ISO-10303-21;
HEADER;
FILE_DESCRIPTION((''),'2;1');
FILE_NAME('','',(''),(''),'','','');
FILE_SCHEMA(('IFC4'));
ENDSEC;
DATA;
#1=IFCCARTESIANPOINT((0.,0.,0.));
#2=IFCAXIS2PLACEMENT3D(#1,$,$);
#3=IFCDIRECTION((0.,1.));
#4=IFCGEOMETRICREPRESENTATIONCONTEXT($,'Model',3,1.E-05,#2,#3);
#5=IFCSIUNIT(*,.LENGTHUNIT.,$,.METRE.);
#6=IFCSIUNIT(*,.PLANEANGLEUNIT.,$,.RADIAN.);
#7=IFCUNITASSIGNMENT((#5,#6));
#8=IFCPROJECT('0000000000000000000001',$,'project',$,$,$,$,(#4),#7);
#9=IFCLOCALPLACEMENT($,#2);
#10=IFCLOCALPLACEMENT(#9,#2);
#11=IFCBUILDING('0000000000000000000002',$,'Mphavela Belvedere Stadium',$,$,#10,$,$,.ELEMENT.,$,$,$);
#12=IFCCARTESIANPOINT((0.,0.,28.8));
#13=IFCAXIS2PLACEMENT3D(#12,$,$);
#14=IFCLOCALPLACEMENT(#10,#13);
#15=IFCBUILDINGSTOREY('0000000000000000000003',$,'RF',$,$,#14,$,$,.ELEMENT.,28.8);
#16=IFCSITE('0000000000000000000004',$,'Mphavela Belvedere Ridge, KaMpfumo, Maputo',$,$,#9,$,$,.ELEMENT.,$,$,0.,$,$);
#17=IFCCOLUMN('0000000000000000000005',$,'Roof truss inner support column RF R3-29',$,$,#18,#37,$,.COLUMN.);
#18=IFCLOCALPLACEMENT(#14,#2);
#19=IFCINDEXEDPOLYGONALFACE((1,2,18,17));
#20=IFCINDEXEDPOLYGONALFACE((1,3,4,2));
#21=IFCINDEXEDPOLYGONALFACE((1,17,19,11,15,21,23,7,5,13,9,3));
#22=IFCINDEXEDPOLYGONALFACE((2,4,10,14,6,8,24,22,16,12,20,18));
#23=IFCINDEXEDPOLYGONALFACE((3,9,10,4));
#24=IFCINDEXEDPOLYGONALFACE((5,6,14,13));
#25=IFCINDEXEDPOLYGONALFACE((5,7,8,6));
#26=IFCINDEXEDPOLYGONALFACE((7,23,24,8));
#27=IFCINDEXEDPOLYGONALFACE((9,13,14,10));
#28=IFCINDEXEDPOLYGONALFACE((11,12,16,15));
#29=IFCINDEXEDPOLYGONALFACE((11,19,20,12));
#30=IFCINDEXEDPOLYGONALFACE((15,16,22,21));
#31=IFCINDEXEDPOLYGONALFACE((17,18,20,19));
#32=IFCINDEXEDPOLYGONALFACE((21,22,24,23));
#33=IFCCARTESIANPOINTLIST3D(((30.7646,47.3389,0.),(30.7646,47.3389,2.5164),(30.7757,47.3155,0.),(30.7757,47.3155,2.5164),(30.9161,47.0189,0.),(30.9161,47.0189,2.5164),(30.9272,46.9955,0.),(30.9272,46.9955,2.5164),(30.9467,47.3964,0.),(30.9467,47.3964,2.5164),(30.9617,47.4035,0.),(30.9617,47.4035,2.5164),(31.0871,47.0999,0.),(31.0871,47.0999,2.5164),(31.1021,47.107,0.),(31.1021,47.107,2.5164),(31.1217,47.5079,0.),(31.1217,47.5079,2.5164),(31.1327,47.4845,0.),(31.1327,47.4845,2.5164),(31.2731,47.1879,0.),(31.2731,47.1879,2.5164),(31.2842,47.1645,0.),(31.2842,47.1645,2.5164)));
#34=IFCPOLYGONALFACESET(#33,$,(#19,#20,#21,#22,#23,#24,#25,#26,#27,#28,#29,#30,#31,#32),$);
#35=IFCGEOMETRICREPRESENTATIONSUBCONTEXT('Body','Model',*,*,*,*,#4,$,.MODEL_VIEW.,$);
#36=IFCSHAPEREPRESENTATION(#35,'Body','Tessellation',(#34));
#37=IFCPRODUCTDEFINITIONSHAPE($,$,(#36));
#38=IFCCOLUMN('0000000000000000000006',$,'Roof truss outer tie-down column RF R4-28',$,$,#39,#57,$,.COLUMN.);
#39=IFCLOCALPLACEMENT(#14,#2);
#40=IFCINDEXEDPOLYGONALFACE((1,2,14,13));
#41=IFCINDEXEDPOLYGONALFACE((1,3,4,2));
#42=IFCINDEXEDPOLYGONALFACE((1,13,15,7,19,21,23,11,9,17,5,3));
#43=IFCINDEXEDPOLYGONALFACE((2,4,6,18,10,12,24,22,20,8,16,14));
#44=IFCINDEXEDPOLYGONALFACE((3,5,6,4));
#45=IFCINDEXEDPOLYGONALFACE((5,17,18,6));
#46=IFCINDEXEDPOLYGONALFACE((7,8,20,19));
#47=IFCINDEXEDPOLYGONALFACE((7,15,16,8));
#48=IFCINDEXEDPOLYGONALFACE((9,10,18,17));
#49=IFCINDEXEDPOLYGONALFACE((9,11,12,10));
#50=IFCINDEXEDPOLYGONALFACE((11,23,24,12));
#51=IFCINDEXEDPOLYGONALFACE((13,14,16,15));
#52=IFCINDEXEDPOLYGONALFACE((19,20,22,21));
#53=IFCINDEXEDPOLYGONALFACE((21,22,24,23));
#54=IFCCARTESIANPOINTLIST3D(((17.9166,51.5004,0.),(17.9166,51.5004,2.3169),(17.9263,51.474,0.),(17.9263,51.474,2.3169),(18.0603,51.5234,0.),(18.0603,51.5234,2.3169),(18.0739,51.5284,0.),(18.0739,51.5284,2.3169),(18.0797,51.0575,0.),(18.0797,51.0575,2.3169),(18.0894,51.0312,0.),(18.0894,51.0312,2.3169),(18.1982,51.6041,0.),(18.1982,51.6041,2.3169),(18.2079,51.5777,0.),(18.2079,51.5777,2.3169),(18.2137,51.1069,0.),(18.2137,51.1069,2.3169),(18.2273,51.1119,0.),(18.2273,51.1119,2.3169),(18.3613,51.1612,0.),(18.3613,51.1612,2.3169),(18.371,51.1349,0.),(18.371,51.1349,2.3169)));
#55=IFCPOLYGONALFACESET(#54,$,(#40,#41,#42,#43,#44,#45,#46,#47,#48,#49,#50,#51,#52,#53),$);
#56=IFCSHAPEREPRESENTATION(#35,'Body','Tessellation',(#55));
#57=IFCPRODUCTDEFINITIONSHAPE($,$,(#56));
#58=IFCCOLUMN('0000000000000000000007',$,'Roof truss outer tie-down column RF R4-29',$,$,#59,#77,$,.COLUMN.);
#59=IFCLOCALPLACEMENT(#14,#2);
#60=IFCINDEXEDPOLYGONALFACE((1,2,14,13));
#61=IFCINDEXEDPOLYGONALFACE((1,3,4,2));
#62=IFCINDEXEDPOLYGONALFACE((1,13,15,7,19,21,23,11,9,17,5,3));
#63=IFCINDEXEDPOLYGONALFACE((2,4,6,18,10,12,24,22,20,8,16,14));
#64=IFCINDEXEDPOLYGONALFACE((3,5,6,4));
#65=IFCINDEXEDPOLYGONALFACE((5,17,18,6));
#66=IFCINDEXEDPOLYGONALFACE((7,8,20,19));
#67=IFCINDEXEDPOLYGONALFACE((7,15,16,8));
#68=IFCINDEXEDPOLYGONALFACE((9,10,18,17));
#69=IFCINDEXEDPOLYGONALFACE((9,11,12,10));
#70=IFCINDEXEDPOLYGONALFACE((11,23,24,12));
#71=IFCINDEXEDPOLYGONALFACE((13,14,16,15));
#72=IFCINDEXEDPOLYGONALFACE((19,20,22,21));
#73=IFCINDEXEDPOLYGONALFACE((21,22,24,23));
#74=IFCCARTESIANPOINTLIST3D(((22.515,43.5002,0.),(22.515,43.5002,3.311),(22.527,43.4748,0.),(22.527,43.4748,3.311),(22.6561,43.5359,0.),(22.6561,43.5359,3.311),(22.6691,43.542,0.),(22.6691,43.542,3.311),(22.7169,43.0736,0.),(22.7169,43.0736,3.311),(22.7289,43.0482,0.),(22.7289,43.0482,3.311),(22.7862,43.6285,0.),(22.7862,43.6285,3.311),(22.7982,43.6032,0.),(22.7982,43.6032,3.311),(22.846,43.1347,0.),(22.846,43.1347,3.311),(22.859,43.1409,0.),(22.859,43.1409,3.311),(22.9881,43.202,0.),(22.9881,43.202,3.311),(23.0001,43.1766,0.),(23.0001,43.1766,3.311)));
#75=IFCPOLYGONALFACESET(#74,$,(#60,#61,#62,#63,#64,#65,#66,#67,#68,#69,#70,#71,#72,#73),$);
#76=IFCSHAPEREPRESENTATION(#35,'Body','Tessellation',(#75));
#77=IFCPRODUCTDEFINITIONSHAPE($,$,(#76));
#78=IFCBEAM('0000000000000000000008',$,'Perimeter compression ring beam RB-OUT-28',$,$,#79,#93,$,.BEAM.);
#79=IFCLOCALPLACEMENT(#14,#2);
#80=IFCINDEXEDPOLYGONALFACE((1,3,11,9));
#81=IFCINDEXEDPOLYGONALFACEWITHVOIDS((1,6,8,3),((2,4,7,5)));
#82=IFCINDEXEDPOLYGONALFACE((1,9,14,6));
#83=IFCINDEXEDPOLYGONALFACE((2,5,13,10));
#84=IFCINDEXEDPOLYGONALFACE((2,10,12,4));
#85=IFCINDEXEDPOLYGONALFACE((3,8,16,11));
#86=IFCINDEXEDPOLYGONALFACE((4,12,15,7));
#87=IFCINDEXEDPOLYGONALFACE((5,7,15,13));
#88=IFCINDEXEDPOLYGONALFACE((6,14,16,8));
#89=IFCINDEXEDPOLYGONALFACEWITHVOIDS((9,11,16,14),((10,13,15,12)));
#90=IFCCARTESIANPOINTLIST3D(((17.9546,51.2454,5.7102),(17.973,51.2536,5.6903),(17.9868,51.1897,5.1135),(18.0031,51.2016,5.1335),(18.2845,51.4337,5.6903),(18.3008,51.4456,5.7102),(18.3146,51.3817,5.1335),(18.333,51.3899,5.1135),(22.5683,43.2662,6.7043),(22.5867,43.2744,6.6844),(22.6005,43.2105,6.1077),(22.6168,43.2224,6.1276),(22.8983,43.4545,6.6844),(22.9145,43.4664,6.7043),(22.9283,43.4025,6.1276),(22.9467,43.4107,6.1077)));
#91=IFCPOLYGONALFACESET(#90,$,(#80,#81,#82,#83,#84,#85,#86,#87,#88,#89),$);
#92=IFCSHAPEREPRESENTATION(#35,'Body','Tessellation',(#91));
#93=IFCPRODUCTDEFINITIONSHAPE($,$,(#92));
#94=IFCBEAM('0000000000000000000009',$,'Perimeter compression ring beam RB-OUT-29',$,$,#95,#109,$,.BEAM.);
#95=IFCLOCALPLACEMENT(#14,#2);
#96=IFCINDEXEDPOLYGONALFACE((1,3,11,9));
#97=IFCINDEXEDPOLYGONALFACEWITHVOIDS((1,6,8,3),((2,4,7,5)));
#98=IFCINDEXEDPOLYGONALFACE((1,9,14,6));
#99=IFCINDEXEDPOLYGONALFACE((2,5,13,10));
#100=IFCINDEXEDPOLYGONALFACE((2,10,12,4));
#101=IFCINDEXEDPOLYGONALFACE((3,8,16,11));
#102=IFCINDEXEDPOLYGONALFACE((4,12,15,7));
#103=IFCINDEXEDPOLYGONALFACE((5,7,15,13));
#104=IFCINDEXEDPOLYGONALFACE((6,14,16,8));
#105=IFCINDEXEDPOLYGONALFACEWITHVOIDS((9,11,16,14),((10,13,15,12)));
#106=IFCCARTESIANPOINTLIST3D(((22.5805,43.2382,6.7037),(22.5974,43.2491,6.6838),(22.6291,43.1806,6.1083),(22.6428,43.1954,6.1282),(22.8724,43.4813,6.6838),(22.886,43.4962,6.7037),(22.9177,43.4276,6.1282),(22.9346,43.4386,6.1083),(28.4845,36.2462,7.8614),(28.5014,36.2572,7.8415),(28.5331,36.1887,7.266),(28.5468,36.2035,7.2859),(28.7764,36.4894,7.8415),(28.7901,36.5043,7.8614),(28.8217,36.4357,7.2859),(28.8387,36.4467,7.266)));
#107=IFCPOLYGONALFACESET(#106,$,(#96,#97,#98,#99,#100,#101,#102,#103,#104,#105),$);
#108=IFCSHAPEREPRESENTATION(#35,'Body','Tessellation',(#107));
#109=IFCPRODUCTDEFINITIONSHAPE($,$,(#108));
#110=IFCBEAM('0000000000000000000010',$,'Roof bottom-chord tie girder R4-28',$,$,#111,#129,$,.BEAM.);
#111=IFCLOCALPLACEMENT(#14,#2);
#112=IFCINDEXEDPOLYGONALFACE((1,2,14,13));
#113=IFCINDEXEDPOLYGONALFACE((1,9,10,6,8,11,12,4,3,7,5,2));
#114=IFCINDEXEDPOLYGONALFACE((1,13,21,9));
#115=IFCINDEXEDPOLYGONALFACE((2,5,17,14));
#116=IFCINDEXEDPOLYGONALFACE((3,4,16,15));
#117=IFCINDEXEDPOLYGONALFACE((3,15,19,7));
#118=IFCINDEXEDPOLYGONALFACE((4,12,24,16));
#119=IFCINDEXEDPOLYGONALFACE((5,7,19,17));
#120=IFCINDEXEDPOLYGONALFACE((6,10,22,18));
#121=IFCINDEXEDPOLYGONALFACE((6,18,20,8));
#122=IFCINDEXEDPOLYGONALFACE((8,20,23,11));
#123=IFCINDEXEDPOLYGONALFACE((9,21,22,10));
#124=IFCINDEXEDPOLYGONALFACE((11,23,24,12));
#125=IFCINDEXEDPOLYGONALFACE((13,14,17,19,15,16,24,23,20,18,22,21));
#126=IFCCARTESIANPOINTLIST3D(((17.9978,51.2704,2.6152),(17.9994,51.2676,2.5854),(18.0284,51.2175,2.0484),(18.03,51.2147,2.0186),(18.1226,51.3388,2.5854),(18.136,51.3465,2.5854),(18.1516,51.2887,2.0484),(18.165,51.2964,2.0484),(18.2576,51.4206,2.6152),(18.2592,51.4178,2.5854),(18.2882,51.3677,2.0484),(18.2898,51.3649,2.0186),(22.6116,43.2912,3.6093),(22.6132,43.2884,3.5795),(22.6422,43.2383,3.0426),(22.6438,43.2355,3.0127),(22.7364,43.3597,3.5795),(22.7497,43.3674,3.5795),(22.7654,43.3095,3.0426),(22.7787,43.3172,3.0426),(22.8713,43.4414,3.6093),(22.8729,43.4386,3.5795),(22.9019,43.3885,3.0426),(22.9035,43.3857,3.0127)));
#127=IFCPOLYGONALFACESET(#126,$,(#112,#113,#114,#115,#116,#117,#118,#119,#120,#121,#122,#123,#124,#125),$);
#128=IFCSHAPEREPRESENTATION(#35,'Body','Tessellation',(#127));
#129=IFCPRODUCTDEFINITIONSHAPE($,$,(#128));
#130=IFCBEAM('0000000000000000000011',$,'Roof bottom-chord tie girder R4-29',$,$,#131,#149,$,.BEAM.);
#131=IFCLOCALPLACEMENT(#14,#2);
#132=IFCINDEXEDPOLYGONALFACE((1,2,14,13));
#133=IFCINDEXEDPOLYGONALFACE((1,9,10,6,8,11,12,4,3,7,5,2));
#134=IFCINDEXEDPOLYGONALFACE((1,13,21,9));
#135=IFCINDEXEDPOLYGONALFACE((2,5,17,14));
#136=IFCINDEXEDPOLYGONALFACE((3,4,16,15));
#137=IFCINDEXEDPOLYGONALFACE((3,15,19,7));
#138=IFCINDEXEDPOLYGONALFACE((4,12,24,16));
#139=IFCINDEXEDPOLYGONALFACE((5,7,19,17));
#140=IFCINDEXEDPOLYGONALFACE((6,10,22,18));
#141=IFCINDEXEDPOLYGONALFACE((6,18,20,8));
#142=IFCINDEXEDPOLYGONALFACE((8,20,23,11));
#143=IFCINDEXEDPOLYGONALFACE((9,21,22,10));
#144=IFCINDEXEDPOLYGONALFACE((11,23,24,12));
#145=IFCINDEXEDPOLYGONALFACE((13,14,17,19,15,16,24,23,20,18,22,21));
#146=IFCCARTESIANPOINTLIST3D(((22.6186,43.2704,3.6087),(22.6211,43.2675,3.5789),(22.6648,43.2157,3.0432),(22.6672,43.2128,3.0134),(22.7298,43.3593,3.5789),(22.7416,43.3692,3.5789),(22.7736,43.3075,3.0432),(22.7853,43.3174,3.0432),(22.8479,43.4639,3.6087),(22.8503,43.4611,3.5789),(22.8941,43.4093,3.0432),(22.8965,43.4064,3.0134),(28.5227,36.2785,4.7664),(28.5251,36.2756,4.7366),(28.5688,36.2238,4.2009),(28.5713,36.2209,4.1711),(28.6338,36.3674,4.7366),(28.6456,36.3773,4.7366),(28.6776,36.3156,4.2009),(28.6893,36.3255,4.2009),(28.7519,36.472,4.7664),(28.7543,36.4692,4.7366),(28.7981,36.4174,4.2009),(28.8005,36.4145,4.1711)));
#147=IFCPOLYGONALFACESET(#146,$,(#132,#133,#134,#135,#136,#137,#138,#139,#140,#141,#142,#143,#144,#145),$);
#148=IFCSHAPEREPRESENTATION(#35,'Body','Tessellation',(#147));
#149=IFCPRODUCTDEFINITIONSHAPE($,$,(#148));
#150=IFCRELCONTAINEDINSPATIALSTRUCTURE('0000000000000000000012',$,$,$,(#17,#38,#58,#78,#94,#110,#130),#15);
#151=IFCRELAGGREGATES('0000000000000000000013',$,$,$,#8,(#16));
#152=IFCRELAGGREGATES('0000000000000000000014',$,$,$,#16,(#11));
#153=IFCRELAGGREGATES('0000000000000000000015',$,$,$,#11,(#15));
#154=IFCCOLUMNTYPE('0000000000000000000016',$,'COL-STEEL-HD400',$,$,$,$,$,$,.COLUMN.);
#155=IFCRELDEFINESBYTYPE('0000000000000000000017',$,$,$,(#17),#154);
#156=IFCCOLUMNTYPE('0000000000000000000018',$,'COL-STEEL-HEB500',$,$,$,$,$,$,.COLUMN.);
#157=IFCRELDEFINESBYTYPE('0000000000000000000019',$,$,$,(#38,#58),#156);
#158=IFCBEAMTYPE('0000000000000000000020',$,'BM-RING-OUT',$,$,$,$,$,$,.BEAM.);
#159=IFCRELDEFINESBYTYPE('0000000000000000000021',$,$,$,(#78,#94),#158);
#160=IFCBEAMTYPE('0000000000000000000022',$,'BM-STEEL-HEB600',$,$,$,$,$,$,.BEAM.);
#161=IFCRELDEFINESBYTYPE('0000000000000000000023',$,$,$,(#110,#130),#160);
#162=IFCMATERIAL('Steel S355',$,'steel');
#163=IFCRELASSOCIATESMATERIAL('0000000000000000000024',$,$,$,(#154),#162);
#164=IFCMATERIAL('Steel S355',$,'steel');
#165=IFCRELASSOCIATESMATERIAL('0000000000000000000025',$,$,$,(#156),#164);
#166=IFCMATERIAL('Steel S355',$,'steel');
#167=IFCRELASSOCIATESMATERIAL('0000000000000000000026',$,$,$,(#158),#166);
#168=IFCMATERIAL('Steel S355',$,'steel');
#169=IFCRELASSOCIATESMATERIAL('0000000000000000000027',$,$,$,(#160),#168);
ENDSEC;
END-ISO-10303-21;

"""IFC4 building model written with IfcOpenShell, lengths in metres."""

from ifc_helpers import new_model, si_unit, direction, frame, origin, origin_2d, place, context, subcontext, project, spatial, hollow_rectangle, i_section, extrude, material, material_profile, profile_set, type_object, element, save


model = new_model("IFC4")

# Units and contexts
model_context = context("Model", 3, precision=1e-05, world=origin(), true_north=direction((0.0, 1.0)))
body_context = subcontext(model_context, "Body", "Model", "MODEL_VIEW")
ifc_project = project(units=[si_unit("LENGTHUNIT", "METRE"), si_unit("PLANEANGLEUNIT", "RADIAN")], contexts=[model_context])

# Site, building, storey
site_placement = place(None, origin())
site = spatial("IfcSite", under=ifc_project, at=site_placement, Name="Mphavela Belvedere Ridge, KaMpfumo, Maputo", CompositionType="ELEMENT", RefElevation=0.0)
building_placement = place(site_placement, origin())
building = spatial("IfcBuilding", under=site, at=building_placement, Name="Mphavela Belvedere Stadium", CompositionType="ELEMENT")
storey_placement = place(building_placement, frame((0.0, 0.0, 28.8)))
storey = spatial("IfcBuildingStorey", under=building, at=storey_placement, Name="RF", CompositionType="ELEMENT", Elevation=28.8)

# Columns
ifc_material_1 = material(Name="Steel S355", Category="steel")
ifc_material_profile_1 = material_profile(ifc_material_1, i_section(OverallWidth=0.395, OverallDepth=0.3799, WebThickness=0.0166, FlangeThickness=0.0259, at=origin_2d()), Name="HD 400x237")
ifc_profile_set_1 = profile_set([ifc_material_profile_1], Name="Steel S355")
column_type_1 = type_object("IfcColumnType", Name="COL-STEEL-HD400", PredefinedType="COLUMN", material=ifc_profile_set_1)
column_1_placement = place(storey_placement, frame((31.0244, 47.2517, 0.0), z_axis=(0.0, 0.0, 1.0), x_axis=(-0.903859, -0.427831, 0.0)))
element("IfcColumn", 1, at=column_1_placement, inside=storey, type_object=column_type_1, Name="Roof truss inner support column RF R3-29", PredefinedType="COLUMN", context=body_context, shape_type="SweptSolid", body=[
    extrude(i_section(OverallWidth=0.395, OverallDepth=0.3799, WebThickness=0.0166, FlangeThickness=0.0259, at=origin_2d()), origin(), (0.0, 0.0, 1.0), 2.5164),
])
ifc_material_2 = material(Name="Steel S355", Category="steel")
ifc_material_profile_2 = material_profile(ifc_material_2, i_section(OverallWidth=0.3, OverallDepth=0.5, WebThickness=0.0144, FlangeThickness=0.0281, at=origin_2d()), Name="HEB 500")
ifc_profile_set_2 = profile_set([ifc_material_profile_2], Name="Steel S355")
column_type_2 = type_object("IfcColumnType", Name="COL-STEEL-HEB500", PredefinedType="COLUMN", material=ifc_profile_set_2)
column_2_placement = place(storey_placement, frame((18.1438, 51.3176, 0.0), z_axis=(0.0, 0.0, 1.0), x_axis=(-0.938372, -0.345626, 0.0)))
element("IfcColumn", 2, at=column_2_placement, inside=storey, type_object=column_type_2, Name="Roof truss outer tie-down column RF R4-28", PredefinedType="COLUMN", context=body_context, shape_type="SweptSolid", body=[
    extrude(i_section(OverallWidth=0.3, OverallDepth=0.5, WebThickness=0.0144, FlangeThickness=0.0281, at=origin_2d()), origin(), (0.0, 0.0, 1.0), 2.3169),
])
column_3_placement = place(storey_placement, frame((22.7576, 43.3384, 0.0), z_axis=(0.0, 0.0, 1.0), x_axis=(-0.903859, -0.427831, 0.0)))
element("IfcColumn", 3, at=column_3_placement, inside=storey, type_object=column_type_2, Name="Roof truss outer tie-down column RF R4-29", PredefinedType="COLUMN", context=body_context, shape_type="SweptSolid", body=[
    extrude(i_section(OverallWidth=0.3, OverallDepth=0.5, WebThickness=0.0144, FlangeThickness=0.0281, at=origin_2d()), origin(), (0.0, 0.0, 1.0), 3.311),
])

# Beams
ifc_material_3 = material(Name="Steel S355", Category="steel")
ifc_material_profile_3 = material_profile(ifc_material_3, hollow_rectangle(XDim=0.3999, YDim=0.6001, WallThickness=0.02, at=origin_2d()), Name="RHS 600x400x20")
ifc_profile_set_3 = profile_set([ifc_material_profile_3], Name="Steel S355")
beam_type_1 = type_object("IfcBeamType", Name="BM-RING-OUT", PredefinedType="BEAM", material=ifc_profile_set_3)
beam_1_placement = place(storey_placement, frame((18.1438, 51.3176, 5.4119), z_axis=(0.497679, -0.860707, 0.107236), x_axis=(0.865699, 0.500565, 0.0)))
element("IfcBeam", 4, at=beam_1_placement, inside=storey, type_object=beam_type_1, Name="Perimeter compression ring beam RB-OUT-28", PredefinedType="BEAM", context=body_context, shape_type="SweptSolid", body=[
    extrude(hollow_rectangle(XDim=0.3999, YDim=0.6001, WallThickness=0.02, at=origin_2d()), origin(), (0.0, 0.0, 1.0), 9.2705),
])
beam_2_placement = place(storey_placement, frame((22.7576, 43.3384, 6.406), z_axis=(0.640063, -0.758002, 0.125509), x_axis=(0.764044, 0.645165, 0.0)))
element("IfcBeam", 5, at=beam_2_placement, inside=storey, type_object=beam_type_1, Name="Perimeter compression ring beam RB-OUT-29", PredefinedType="BEAM", context=body_context, shape_type="SweptSolid", body=[
    extrude(hollow_rectangle(XDim=0.3999, YDim=0.6001, WallThickness=0.02, at=origin_2d()), origin(), (0.0, 0.0, 1.0), 9.2241),
])
ifc_material_4 = material(Name="Steel S355", Category="steel")
ifc_material_profile_4 = material_profile(ifc_material_4, i_section(OverallWidth=0.3, OverallDepth=0.6001, WebThickness=0.0154, FlangeThickness=0.03, at=origin_2d()), Name="HEB 600")
ifc_profile_set_4 = profile_set([ifc_material_profile_4], Name="Steel S355")
beam_type_2 = type_object("IfcBeamType", Name="BM-STEEL-HEB600", PredefinedType="BEAM", material=ifc_profile_set_4)
beam_3_placement = place(storey_placement, frame((18.1438, 51.3176, 2.3169), z_axis=(0.497679, -0.860707, 0.107236), x_axis=(0.865699, 0.500565, 0.0)))
element("IfcBeam", 6, at=beam_3_placement, inside=storey, type_object=beam_type_2, Name="Roof bottom-chord tie girder R4-28", PredefinedType="BEAM", context=body_context, shape_type="SweptSolid", body=[
    extrude(i_section(OverallWidth=0.3, OverallDepth=0.6001, WebThickness=0.0154, FlangeThickness=0.03, at=origin_2d()), origin(), (0.0, 0.0, 1.0), 9.2705),
])
beam_4_placement = place(storey_placement, frame((22.7576, 43.3384, 3.311), z_axis=(0.640063, -0.758002, 0.125509), x_axis=(0.764044, 0.645165, 0.0)))
element("IfcBeam", 7, at=beam_4_placement, inside=storey, type_object=beam_type_2, Name="Roof bottom-chord tie girder R4-29", PredefinedType="BEAM", context=body_context, shape_type="SweptSolid", body=[
    extrude(i_section(OverallWidth=0.3, OverallDepth=0.6001, WebThickness=0.0154, FlangeThickness=0.03, at=origin_2d()), origin(), (0.0, 0.0, 1.0), 9.2241),
])

save(model, "model.ifc")
